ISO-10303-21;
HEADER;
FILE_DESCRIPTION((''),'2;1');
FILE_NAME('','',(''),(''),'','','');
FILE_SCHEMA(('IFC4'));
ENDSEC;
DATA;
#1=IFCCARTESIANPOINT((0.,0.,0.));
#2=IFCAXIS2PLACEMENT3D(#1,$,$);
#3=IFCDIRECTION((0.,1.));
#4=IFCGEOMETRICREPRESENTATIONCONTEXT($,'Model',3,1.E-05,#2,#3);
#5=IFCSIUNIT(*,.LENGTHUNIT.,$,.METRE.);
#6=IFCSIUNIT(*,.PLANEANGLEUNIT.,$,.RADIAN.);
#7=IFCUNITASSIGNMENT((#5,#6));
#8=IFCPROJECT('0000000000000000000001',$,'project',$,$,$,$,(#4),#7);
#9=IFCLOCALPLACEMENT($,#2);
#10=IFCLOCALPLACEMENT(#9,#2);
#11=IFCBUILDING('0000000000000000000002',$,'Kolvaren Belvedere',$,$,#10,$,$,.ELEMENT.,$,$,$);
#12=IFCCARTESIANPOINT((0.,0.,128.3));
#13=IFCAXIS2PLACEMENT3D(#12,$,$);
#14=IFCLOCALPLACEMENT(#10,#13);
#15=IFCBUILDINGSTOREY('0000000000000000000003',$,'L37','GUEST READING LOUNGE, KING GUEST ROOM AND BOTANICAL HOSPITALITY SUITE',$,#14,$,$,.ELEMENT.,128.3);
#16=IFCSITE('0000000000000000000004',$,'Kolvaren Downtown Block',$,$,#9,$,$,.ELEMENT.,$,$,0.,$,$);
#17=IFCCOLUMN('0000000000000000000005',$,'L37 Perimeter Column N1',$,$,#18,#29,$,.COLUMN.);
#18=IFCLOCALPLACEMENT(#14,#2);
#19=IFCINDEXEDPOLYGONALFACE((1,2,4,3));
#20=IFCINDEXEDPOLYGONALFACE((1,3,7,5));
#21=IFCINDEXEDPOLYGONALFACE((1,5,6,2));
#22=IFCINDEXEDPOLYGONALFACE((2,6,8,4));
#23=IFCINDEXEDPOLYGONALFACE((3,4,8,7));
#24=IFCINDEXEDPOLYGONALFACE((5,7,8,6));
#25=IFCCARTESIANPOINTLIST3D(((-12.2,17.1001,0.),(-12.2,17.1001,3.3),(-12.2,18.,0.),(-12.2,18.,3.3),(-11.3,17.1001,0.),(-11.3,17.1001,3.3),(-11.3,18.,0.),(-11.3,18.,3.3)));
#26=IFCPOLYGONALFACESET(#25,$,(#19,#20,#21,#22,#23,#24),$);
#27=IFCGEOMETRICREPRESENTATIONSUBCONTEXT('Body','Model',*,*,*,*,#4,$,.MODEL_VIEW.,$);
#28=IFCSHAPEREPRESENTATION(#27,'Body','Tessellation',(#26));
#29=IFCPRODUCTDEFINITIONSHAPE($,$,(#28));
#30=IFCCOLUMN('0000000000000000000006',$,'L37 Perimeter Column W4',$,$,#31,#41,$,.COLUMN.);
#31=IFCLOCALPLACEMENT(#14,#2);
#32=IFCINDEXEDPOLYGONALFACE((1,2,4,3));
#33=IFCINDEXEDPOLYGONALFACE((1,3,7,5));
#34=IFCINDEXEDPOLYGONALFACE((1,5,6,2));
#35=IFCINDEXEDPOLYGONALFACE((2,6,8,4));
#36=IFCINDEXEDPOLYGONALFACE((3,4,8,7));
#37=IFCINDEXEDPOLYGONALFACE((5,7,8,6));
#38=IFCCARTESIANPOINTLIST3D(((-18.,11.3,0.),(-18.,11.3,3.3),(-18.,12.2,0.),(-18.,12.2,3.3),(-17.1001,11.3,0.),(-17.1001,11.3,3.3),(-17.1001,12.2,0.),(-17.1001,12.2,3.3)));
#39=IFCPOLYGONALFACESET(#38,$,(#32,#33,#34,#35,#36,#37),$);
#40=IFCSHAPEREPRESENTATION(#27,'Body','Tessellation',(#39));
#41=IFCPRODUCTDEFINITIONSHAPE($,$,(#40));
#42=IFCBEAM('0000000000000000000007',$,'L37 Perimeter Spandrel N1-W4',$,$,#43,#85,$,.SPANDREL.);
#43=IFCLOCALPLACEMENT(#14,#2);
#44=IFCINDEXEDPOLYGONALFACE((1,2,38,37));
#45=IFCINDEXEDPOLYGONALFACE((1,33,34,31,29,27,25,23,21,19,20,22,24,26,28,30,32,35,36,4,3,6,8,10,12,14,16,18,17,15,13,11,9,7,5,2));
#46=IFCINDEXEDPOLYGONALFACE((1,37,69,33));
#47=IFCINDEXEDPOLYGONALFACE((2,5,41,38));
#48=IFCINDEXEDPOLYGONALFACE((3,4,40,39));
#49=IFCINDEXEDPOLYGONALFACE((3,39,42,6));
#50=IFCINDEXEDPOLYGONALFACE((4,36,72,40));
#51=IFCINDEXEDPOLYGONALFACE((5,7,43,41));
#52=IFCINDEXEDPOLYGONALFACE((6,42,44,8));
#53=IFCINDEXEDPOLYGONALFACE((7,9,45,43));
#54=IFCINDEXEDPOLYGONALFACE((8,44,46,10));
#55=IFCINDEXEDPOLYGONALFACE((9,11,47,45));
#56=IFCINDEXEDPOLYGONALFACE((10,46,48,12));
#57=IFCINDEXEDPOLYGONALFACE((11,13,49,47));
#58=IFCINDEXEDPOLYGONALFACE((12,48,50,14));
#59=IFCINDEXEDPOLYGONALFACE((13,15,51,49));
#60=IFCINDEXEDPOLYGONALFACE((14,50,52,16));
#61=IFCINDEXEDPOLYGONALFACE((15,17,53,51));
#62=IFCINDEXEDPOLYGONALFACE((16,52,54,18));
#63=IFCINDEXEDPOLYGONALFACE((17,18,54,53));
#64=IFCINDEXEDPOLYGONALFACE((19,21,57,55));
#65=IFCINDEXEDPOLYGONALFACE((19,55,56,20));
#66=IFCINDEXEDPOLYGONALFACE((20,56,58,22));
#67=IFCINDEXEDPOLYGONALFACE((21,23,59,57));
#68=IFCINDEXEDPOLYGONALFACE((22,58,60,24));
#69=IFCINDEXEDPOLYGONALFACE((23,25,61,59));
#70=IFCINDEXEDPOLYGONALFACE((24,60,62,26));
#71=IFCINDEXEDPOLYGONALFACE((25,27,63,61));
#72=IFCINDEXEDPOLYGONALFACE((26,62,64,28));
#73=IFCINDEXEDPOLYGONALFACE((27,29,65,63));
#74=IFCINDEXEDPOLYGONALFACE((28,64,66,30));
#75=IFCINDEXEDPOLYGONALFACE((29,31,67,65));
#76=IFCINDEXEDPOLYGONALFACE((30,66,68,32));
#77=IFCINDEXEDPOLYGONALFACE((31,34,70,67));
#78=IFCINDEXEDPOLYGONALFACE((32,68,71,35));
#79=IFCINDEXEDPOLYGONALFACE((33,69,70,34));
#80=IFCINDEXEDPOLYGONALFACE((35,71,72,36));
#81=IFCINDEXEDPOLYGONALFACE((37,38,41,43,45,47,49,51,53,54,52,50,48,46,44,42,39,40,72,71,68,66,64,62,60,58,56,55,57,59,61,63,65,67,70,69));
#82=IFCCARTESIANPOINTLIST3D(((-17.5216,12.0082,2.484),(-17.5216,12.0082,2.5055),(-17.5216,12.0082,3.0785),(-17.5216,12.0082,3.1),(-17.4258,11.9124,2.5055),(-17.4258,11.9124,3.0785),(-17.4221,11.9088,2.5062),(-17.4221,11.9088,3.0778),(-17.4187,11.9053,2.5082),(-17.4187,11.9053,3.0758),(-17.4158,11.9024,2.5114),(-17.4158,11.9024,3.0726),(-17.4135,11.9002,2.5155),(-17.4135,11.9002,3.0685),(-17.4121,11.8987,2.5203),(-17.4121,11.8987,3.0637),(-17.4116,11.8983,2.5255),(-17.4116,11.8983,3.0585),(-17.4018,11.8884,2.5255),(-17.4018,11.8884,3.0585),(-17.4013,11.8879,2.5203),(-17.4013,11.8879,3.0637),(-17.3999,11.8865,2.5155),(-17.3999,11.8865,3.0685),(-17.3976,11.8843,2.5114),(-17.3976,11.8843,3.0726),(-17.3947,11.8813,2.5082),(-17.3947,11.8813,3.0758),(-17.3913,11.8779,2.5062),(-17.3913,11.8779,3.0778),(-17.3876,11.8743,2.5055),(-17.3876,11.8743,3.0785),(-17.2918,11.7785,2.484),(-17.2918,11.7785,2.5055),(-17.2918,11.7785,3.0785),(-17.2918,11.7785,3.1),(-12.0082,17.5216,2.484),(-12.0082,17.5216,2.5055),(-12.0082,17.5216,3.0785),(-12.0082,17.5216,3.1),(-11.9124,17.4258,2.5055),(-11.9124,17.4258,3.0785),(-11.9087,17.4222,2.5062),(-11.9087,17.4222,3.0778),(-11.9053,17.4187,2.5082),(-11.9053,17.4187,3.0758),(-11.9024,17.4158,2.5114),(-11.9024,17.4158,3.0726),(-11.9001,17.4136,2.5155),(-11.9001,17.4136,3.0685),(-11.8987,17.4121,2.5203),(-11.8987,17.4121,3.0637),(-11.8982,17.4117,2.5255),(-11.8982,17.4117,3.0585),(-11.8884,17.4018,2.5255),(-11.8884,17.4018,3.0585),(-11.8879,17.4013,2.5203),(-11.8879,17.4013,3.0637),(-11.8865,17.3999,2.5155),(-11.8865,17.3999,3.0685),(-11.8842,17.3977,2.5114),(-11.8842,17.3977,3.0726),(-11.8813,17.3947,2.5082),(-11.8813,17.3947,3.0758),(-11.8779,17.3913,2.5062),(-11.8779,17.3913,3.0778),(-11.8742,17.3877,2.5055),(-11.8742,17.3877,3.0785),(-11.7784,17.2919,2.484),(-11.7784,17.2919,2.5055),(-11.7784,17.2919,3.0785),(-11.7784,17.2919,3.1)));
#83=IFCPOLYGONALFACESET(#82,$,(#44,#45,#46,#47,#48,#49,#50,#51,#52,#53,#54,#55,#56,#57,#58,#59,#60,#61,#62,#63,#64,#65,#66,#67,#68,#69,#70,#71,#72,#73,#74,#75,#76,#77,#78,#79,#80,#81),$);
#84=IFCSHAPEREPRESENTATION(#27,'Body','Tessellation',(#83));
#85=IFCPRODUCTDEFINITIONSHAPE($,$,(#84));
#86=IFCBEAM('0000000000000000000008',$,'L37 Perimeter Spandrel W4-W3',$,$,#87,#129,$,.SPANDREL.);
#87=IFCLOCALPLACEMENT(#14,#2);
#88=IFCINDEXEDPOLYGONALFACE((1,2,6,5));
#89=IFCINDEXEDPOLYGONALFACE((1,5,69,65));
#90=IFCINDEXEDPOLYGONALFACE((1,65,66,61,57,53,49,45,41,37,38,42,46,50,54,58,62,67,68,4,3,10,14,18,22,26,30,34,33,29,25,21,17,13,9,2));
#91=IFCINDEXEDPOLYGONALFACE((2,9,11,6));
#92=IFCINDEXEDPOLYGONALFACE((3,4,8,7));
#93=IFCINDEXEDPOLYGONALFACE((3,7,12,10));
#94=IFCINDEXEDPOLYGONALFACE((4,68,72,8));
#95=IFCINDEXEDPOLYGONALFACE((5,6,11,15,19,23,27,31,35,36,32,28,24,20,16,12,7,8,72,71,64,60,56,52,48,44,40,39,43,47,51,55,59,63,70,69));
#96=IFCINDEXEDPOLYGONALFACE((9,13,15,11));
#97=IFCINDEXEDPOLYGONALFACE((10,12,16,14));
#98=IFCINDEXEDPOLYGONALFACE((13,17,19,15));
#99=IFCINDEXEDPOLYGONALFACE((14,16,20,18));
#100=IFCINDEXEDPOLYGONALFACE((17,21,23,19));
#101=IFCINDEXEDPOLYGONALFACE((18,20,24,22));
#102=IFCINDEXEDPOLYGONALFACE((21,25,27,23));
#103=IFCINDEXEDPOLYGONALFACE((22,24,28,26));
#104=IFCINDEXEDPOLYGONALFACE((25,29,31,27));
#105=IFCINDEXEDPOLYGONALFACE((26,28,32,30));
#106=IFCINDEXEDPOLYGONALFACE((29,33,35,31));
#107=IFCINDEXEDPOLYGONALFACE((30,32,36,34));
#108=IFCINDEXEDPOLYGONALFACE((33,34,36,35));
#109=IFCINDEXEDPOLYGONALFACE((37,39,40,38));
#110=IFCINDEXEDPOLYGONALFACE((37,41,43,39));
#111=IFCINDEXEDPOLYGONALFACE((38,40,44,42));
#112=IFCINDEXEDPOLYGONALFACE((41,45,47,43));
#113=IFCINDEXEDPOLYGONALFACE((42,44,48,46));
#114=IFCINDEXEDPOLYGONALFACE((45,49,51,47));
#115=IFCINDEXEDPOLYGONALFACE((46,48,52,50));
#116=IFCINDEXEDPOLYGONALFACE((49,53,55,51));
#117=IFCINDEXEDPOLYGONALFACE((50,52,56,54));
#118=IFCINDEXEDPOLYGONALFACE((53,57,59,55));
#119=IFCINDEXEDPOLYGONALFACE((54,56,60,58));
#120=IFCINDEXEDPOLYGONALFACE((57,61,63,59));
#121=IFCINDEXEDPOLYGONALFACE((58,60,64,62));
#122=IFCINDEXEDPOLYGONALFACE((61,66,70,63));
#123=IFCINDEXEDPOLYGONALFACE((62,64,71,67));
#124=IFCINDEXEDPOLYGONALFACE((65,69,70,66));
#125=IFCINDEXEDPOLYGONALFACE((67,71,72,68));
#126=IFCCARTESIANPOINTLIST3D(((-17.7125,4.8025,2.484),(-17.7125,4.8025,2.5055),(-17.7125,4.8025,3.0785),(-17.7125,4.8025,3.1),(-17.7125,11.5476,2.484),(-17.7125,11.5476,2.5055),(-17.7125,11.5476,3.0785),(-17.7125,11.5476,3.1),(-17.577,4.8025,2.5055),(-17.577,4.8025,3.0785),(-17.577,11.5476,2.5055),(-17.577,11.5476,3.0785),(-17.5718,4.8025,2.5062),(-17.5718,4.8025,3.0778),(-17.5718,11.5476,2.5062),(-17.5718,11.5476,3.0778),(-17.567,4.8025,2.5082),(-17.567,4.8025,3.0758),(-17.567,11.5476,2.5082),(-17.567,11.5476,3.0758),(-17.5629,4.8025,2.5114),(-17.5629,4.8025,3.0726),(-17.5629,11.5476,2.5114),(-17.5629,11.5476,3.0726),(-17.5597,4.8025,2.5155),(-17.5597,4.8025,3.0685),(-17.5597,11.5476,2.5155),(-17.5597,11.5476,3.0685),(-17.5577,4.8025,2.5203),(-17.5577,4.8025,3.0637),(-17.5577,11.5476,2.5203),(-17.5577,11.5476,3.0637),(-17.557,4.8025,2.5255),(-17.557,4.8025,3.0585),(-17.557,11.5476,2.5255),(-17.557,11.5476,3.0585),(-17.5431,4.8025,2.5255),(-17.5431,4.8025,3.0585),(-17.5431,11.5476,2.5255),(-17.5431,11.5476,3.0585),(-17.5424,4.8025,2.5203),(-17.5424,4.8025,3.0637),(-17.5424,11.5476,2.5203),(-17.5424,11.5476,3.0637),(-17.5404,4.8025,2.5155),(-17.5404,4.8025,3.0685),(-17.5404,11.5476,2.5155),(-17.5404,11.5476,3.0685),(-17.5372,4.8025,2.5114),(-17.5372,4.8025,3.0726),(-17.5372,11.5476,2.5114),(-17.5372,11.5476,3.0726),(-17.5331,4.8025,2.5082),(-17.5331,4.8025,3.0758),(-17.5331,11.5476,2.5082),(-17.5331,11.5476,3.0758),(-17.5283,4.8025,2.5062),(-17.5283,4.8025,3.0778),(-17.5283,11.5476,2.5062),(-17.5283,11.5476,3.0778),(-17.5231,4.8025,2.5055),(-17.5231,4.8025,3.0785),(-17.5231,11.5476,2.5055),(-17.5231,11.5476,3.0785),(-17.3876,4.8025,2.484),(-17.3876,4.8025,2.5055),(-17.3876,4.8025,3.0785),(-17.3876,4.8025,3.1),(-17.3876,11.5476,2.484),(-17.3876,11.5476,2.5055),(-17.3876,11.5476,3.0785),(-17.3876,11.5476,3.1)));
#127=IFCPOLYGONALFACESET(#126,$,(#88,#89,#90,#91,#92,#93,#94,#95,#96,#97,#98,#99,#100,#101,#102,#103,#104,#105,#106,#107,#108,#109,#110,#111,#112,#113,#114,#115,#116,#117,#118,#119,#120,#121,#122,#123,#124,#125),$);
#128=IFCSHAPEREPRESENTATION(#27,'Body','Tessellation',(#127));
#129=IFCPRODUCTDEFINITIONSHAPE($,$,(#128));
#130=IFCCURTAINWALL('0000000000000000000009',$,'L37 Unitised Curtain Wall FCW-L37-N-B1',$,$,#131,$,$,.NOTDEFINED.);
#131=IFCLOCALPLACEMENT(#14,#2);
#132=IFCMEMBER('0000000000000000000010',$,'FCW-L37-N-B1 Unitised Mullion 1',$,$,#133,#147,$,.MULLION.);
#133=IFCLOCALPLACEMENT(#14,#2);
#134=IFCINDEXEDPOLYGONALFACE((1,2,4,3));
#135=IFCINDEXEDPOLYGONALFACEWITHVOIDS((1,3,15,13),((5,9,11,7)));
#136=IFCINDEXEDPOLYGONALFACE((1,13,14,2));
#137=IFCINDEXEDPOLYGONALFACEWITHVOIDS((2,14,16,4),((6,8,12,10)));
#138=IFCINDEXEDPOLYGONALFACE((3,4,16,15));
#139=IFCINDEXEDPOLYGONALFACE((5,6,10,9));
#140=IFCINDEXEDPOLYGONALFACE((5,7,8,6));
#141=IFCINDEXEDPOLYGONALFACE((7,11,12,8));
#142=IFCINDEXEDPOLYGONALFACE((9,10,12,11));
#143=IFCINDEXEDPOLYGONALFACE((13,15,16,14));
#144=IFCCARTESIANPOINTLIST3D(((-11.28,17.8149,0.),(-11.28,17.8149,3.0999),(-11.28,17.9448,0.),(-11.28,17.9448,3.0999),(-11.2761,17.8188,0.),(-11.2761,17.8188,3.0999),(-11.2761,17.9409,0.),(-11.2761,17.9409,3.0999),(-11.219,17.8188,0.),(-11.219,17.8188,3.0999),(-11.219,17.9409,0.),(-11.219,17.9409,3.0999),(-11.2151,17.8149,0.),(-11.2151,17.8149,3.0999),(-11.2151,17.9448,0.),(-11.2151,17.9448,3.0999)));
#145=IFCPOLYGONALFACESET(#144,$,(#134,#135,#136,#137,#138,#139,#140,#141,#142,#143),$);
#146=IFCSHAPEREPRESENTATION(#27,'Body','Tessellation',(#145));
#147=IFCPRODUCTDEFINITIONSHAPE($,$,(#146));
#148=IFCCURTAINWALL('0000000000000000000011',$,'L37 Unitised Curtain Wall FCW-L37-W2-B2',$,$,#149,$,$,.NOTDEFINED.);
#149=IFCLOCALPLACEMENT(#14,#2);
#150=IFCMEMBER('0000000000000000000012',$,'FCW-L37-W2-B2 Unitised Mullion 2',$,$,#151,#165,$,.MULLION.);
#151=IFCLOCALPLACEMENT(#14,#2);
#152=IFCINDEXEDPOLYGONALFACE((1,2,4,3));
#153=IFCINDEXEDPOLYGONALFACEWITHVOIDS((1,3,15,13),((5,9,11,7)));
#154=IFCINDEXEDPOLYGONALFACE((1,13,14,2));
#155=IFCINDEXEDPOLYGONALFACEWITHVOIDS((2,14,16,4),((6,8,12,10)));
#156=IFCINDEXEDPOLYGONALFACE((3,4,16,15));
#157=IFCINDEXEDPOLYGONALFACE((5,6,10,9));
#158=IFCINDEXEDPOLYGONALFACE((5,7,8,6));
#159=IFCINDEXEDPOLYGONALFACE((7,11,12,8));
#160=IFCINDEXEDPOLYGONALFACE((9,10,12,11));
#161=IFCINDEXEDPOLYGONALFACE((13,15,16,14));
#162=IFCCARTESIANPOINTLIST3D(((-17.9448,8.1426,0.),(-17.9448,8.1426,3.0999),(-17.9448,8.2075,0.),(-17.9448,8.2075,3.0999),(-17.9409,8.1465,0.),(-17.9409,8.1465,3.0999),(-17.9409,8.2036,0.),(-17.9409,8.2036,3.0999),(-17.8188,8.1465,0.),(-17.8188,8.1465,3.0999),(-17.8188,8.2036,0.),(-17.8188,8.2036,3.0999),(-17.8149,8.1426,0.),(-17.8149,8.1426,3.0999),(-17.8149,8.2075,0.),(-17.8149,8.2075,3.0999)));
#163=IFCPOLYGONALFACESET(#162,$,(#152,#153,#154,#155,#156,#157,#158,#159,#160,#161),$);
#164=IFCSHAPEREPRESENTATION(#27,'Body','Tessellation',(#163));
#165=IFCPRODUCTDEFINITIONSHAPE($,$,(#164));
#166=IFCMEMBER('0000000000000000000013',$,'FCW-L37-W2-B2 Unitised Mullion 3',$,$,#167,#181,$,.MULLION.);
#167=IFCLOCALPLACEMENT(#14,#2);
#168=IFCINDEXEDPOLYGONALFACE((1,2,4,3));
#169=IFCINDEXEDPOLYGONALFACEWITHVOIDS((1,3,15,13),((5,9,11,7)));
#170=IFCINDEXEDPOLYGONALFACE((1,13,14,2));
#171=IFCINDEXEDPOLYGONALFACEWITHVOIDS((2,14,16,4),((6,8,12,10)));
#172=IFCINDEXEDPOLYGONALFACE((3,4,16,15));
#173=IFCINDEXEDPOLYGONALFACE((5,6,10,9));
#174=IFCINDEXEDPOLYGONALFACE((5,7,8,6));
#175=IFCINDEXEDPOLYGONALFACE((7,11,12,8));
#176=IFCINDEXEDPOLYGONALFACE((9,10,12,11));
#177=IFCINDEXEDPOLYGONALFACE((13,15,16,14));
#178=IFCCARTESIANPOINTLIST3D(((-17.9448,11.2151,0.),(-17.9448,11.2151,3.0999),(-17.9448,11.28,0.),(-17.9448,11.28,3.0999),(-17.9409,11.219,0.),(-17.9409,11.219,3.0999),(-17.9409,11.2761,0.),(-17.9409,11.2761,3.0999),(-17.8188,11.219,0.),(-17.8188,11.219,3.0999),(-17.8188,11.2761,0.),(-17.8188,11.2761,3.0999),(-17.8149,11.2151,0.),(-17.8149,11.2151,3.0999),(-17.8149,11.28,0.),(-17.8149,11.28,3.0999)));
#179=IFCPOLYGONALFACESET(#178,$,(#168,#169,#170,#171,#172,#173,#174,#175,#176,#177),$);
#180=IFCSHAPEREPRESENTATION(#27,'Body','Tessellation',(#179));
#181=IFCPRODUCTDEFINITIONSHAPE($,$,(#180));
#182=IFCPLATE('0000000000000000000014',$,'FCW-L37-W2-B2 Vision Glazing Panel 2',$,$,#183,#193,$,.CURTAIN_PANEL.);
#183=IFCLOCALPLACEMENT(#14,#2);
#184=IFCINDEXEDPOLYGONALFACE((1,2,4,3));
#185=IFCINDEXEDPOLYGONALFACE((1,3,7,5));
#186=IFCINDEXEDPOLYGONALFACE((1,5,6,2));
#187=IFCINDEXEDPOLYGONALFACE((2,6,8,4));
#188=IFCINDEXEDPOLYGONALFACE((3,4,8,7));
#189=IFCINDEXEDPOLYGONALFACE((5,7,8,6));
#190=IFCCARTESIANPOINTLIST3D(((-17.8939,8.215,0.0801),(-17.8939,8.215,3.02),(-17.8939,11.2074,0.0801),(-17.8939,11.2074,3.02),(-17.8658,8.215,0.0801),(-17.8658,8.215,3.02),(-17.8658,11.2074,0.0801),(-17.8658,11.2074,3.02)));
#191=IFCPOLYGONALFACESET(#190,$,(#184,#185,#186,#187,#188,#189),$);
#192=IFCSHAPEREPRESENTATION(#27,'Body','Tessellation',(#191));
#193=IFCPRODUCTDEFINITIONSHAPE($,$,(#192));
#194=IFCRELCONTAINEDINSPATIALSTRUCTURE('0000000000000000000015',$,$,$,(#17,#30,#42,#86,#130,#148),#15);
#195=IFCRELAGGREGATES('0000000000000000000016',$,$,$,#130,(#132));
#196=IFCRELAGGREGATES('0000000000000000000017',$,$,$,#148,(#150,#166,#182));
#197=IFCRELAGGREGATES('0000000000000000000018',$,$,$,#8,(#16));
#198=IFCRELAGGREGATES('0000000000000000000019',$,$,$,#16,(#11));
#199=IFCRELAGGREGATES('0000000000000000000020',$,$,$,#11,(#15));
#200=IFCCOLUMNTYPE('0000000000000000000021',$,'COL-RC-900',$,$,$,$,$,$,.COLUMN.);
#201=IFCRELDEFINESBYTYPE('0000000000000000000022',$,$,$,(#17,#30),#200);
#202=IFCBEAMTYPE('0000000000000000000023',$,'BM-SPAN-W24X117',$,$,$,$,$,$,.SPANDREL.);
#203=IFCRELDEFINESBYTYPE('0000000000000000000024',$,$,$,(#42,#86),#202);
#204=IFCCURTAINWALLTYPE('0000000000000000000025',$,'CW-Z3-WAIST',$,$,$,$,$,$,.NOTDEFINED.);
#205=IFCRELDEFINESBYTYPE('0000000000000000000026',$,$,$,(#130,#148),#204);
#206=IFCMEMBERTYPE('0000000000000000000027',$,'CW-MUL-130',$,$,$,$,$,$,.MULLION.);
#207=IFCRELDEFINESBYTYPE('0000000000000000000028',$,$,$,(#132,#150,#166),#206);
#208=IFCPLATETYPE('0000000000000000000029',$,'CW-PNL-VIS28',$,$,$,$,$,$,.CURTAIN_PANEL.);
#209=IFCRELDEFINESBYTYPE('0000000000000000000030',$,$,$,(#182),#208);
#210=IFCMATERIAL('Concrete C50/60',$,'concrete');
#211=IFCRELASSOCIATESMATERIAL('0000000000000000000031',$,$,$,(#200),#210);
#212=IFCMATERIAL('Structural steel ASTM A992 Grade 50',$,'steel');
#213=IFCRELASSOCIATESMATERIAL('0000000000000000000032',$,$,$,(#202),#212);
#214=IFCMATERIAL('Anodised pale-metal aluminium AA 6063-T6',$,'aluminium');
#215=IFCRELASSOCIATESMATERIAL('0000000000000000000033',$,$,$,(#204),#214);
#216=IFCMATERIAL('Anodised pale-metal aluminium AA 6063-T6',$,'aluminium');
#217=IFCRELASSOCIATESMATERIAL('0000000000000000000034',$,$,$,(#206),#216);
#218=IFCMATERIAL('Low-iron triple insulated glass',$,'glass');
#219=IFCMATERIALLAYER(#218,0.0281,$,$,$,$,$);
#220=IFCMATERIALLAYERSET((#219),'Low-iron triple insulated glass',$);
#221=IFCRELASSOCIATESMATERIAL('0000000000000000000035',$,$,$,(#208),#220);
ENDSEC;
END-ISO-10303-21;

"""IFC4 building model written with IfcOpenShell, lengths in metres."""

from ifc_helpers import new_model, si_unit, direction, frame, origin, origin_2d, place, context, subcontext, project, spatial, rectangle, hollow_rectangle, i_section, extrude, material, layer, layer_set, material_profile, profile_set, type_object, element, aggregate, save


model = new_model("IFC4")

# Units and contexts
model_context = context("Model", 3, precision=1e-05, world=origin(), true_north=direction((0.0, 1.0)))
body_context = subcontext(model_context, "Body", "Model", "MODEL_VIEW")
ifc_project = project(units=[si_unit("LENGTHUNIT", "METRE"), si_unit("PLANEANGLEUNIT", "RADIAN")], contexts=[model_context])

# Site, building, storey
site_placement = place(None, origin())
site = spatial("IfcSite", under=ifc_project, at=site_placement, Name="Kolvaren Downtown Block", CompositionType="ELEMENT", RefElevation=0.0)
building_placement = place(site_placement, origin())
building = spatial("IfcBuilding", under=site, at=building_placement, Name="Kolvaren Belvedere", CompositionType="ELEMENT")
storey_placement = place(building_placement, frame((0.0, 0.0, 128.3)))
storey = spatial("IfcBuildingStorey", under=building, at=storey_placement, Name="L37", Description="GUEST READING LOUNGE, KING GUEST ROOM AND BOTANICAL HOSPITALITY SUITE", CompositionType="ELEMENT", Elevation=128.3)

# Columns
ifc_material_1 = material(Name="Concrete C50/60", Category="concrete")
ifc_material_profile_1 = material_profile(ifc_material_1, rectangle(XDim=0.8999, YDim=0.8999, at=origin_2d()), Name="RC 900X900")
ifc_profile_set_1 = profile_set([ifc_material_profile_1], Name="Concrete C50/60")
column_type = type_object("IfcColumnType", Name="COL-RC-900", PredefinedType="COLUMN", material=ifc_profile_set_1)
for number, where, z_axis, x_axis, name in (
    (1, (-11.75, 17.55, 0.0), (0.0, 0.0, 1.0), (1.0, 0.0, 0.0), "L37 Perimeter Column N1"),
    (2, (-17.55, 11.75, 0.0), (0.0, 0.0, 1.0), (1.0, 0.0, 0.0), "L37 Perimeter Column W4"),
):
    element("IfcColumn", number, at=place(storey_placement, frame(where, z_axis=z_axis, x_axis=x_axis)), inside=storey, type_object=column_type, Name=name, PredefinedType="COLUMN", context=body_context, shape_type="SweptSolid", body=[
        extrude(rectangle(XDim=0.8999, YDim=0.8999, at=origin_2d()), origin(), (0.0, 0.0, 1.0), 3.3),
    ])

# Beams
ifc_material_2 = material(Name="Structural steel ASTM A992 Grade 50", Category="steel")
ifc_material_profile_2 = material_profile(ifc_material_2, i_section(OverallWidth=0.325, OverallDepth=0.616, WebThickness=0.0139, FlangeThickness=0.0215, FilletRadius=0.02, at=origin_2d()), Name="W24X117")
ifc_profile_set_2 = profile_set([ifc_material_profile_2], Name="Structural steel ASTM A992 Grade 50")
beam_type = type_object("IfcBeamType", Name="BM-SPAN-W24X117", PredefinedType="SPANDREL", material=ifc_profile_set_2)
beam_1_placement = place(storey_placement, frame((-11.8933, 17.4067, 2.792), z_axis=(-0.707107, -0.707107, 0.0), x_axis=(0.707107, -0.707107, 0.0)))
element("IfcBeam", 3, at=beam_1_placement, inside=storey, type_object=beam_type, Name="L37 Perimeter Spandrel N1-W4", PredefinedType="SPANDREL", context=body_context, shape_type="SweptSolid", body=[
    extrude(i_section(OverallWidth=0.325, OverallDepth=0.616, WebThickness=0.0139, FlangeThickness=0.0215, FilletRadius=0.02, at=origin_2d()), origin(), (0.0, 0.0, 1.0), 7.7971),
])
beam_2_placement = place(storey_placement, frame((-17.55, 11.5476, 2.792), z_axis=(0.0, -1.0, 0.0), x_axis=(1.0, 0.0, 0.0)))
element("IfcBeam", 4, at=beam_2_placement, inside=storey, type_object=beam_type, Name="L37 Perimeter Spandrel W4-W3", PredefinedType="SPANDREL", context=body_context, shape_type="SweptSolid", body=[
    extrude(i_section(OverallWidth=0.325, OverallDepth=0.616, WebThickness=0.0139, FlangeThickness=0.0215, FilletRadius=0.02, at=origin_2d()), origin(), (0.0, 0.0, 1.0), 6.7451),
])

# Curtain wall, member
ifc_material_3 = material(Name="Anodised pale-metal aluminium AA 6063-T6", Category="aluminium")
curtain_wall_type = type_object("IfcCurtainWallType", Name="CW-Z3-WAIST", PredefinedType="NOTDEFINED", material=ifc_material_3)
curtain_wall_1_placement = place(storey_placement, origin())
curtain_wall_1 = element("IfcCurtainWall", 5, at=curtain_wall_1_placement, inside=storey, type_object=curtain_wall_type, Name="L37 Unitised Curtain Wall FCW-L37-N-B1", PredefinedType="NOTDEFINED")
ifc_material_4 = material(Name="Anodised pale-metal aluminium AA 6063-T6", Category="aluminium")
ifc_material_profile_3 = material_profile(ifc_material_4, hollow_rectangle(XDim=0.0649, YDim=0.1299, WallThickness=0.0039, at=origin_2d()), Name="ALU-MUL-130X65")
ifc_profile_set_3 = profile_set([ifc_material_profile_3], Name="Anodised pale-metal aluminium AA 6063-T6")
member_type = type_object("IfcMemberType", Name="CW-MUL-130", PredefinedType="MULLION", material=ifc_profile_set_3)
member_1_placement = place(storey_placement, frame((-11.2476, 17.8799, 0.0), z_axis=(0.0, 0.0, 1.0), x_axis=(1.0, 0.0, 0.0)))
member_1 = element("IfcMember", 6, at=member_1_placement, type_object=member_type, Name="FCW-L37-N-B1 Unitised Mullion 1", PredefinedType="MULLION", context=body_context, shape_type="SweptSolid", body=[
    extrude(hollow_rectangle(XDim=0.0649, YDim=0.1299, WallThickness=0.0039, at=origin_2d()), origin(), (0.0, 0.0, 1.0), 3.0999),
])
aggregate(curtain_wall_1, [member_1])

# Curtain wall, members, plate
curtain_wall_2_placement = place(storey_placement, origin())
curtain_wall_2 = element("IfcCurtainWall", 7, at=curtain_wall_2_placement, inside=storey, type_object=curtain_wall_type, Name="L37 Unitised Curtain Wall FCW-L37-W2-B2", PredefinedType="NOTDEFINED")
member_2_placement = place(storey_placement, frame((-17.8799, 8.175, 0.0), z_axis=(0.0, 0.0, 1.0), x_axis=(0.0, 1.0, 0.0)))
member_2 = element("IfcMember", 8, at=member_2_placement, type_object=member_type, Name="FCW-L37-W2-B2 Unitised Mullion 2", PredefinedType="MULLION", context=body_context, shape_type="SweptSolid", body=[
    extrude(hollow_rectangle(XDim=0.0649, YDim=0.1299, WallThickness=0.0039, at=origin_2d()), origin(), (0.0, 0.0, 1.0), 3.0999),
])
member_3_placement = place(storey_placement, frame((-17.8799, 11.2476, 0.0), z_axis=(0.0, 0.0, 1.0), x_axis=(0.0, 1.0, 0.0)))
member_3 = element("IfcMember", 9, at=member_3_placement, type_object=member_type, Name="FCW-L37-W2-B2 Unitised Mullion 3", PredefinedType="MULLION", context=body_context, shape_type="SweptSolid", body=[
    extrude(hollow_rectangle(XDim=0.0649, YDim=0.1299, WallThickness=0.0039, at=origin_2d()), origin(), (0.0, 0.0, 1.0), 3.0999),
])
ifc_material_5 = material(Name="Low-iron triple insulated glass", Category="glass")
ifc_layer_1 = layer(ifc_material_5, 0.0281)
ifc_layer_set_1 = layer_set([ifc_layer_1], Name="Low-iron triple insulated glass")
plate_type_1 = type_object("IfcPlateType", Name="CW-PNL-VIS28", PredefinedType="CURTAIN_PANEL", material=ifc_layer_set_1)
plate_1_placement = place(storey_placement, frame((-17.8799, 9.7112, 0.0801), z_axis=(0.0, 0.0, 1.0), x_axis=(0.0, 1.0, 0.0)))
plate_1 = element("IfcPlate", 10, at=plate_1_placement, type_object=plate_type_1, Name="FCW-L37-W2-B2 Vision Glazing Panel 2", PredefinedType="CURTAIN_PANEL", context=body_context, shape_type="SweptSolid", body=[
    extrude(rectangle(XDim=2.9924, YDim=0.0281, at=origin_2d()), origin(), (0.0, 0.0, 1.0), 2.9399),
])
aggregate(curtain_wall_2, [member_2, member_3, plate_1])

save(model, "model.ifc")
